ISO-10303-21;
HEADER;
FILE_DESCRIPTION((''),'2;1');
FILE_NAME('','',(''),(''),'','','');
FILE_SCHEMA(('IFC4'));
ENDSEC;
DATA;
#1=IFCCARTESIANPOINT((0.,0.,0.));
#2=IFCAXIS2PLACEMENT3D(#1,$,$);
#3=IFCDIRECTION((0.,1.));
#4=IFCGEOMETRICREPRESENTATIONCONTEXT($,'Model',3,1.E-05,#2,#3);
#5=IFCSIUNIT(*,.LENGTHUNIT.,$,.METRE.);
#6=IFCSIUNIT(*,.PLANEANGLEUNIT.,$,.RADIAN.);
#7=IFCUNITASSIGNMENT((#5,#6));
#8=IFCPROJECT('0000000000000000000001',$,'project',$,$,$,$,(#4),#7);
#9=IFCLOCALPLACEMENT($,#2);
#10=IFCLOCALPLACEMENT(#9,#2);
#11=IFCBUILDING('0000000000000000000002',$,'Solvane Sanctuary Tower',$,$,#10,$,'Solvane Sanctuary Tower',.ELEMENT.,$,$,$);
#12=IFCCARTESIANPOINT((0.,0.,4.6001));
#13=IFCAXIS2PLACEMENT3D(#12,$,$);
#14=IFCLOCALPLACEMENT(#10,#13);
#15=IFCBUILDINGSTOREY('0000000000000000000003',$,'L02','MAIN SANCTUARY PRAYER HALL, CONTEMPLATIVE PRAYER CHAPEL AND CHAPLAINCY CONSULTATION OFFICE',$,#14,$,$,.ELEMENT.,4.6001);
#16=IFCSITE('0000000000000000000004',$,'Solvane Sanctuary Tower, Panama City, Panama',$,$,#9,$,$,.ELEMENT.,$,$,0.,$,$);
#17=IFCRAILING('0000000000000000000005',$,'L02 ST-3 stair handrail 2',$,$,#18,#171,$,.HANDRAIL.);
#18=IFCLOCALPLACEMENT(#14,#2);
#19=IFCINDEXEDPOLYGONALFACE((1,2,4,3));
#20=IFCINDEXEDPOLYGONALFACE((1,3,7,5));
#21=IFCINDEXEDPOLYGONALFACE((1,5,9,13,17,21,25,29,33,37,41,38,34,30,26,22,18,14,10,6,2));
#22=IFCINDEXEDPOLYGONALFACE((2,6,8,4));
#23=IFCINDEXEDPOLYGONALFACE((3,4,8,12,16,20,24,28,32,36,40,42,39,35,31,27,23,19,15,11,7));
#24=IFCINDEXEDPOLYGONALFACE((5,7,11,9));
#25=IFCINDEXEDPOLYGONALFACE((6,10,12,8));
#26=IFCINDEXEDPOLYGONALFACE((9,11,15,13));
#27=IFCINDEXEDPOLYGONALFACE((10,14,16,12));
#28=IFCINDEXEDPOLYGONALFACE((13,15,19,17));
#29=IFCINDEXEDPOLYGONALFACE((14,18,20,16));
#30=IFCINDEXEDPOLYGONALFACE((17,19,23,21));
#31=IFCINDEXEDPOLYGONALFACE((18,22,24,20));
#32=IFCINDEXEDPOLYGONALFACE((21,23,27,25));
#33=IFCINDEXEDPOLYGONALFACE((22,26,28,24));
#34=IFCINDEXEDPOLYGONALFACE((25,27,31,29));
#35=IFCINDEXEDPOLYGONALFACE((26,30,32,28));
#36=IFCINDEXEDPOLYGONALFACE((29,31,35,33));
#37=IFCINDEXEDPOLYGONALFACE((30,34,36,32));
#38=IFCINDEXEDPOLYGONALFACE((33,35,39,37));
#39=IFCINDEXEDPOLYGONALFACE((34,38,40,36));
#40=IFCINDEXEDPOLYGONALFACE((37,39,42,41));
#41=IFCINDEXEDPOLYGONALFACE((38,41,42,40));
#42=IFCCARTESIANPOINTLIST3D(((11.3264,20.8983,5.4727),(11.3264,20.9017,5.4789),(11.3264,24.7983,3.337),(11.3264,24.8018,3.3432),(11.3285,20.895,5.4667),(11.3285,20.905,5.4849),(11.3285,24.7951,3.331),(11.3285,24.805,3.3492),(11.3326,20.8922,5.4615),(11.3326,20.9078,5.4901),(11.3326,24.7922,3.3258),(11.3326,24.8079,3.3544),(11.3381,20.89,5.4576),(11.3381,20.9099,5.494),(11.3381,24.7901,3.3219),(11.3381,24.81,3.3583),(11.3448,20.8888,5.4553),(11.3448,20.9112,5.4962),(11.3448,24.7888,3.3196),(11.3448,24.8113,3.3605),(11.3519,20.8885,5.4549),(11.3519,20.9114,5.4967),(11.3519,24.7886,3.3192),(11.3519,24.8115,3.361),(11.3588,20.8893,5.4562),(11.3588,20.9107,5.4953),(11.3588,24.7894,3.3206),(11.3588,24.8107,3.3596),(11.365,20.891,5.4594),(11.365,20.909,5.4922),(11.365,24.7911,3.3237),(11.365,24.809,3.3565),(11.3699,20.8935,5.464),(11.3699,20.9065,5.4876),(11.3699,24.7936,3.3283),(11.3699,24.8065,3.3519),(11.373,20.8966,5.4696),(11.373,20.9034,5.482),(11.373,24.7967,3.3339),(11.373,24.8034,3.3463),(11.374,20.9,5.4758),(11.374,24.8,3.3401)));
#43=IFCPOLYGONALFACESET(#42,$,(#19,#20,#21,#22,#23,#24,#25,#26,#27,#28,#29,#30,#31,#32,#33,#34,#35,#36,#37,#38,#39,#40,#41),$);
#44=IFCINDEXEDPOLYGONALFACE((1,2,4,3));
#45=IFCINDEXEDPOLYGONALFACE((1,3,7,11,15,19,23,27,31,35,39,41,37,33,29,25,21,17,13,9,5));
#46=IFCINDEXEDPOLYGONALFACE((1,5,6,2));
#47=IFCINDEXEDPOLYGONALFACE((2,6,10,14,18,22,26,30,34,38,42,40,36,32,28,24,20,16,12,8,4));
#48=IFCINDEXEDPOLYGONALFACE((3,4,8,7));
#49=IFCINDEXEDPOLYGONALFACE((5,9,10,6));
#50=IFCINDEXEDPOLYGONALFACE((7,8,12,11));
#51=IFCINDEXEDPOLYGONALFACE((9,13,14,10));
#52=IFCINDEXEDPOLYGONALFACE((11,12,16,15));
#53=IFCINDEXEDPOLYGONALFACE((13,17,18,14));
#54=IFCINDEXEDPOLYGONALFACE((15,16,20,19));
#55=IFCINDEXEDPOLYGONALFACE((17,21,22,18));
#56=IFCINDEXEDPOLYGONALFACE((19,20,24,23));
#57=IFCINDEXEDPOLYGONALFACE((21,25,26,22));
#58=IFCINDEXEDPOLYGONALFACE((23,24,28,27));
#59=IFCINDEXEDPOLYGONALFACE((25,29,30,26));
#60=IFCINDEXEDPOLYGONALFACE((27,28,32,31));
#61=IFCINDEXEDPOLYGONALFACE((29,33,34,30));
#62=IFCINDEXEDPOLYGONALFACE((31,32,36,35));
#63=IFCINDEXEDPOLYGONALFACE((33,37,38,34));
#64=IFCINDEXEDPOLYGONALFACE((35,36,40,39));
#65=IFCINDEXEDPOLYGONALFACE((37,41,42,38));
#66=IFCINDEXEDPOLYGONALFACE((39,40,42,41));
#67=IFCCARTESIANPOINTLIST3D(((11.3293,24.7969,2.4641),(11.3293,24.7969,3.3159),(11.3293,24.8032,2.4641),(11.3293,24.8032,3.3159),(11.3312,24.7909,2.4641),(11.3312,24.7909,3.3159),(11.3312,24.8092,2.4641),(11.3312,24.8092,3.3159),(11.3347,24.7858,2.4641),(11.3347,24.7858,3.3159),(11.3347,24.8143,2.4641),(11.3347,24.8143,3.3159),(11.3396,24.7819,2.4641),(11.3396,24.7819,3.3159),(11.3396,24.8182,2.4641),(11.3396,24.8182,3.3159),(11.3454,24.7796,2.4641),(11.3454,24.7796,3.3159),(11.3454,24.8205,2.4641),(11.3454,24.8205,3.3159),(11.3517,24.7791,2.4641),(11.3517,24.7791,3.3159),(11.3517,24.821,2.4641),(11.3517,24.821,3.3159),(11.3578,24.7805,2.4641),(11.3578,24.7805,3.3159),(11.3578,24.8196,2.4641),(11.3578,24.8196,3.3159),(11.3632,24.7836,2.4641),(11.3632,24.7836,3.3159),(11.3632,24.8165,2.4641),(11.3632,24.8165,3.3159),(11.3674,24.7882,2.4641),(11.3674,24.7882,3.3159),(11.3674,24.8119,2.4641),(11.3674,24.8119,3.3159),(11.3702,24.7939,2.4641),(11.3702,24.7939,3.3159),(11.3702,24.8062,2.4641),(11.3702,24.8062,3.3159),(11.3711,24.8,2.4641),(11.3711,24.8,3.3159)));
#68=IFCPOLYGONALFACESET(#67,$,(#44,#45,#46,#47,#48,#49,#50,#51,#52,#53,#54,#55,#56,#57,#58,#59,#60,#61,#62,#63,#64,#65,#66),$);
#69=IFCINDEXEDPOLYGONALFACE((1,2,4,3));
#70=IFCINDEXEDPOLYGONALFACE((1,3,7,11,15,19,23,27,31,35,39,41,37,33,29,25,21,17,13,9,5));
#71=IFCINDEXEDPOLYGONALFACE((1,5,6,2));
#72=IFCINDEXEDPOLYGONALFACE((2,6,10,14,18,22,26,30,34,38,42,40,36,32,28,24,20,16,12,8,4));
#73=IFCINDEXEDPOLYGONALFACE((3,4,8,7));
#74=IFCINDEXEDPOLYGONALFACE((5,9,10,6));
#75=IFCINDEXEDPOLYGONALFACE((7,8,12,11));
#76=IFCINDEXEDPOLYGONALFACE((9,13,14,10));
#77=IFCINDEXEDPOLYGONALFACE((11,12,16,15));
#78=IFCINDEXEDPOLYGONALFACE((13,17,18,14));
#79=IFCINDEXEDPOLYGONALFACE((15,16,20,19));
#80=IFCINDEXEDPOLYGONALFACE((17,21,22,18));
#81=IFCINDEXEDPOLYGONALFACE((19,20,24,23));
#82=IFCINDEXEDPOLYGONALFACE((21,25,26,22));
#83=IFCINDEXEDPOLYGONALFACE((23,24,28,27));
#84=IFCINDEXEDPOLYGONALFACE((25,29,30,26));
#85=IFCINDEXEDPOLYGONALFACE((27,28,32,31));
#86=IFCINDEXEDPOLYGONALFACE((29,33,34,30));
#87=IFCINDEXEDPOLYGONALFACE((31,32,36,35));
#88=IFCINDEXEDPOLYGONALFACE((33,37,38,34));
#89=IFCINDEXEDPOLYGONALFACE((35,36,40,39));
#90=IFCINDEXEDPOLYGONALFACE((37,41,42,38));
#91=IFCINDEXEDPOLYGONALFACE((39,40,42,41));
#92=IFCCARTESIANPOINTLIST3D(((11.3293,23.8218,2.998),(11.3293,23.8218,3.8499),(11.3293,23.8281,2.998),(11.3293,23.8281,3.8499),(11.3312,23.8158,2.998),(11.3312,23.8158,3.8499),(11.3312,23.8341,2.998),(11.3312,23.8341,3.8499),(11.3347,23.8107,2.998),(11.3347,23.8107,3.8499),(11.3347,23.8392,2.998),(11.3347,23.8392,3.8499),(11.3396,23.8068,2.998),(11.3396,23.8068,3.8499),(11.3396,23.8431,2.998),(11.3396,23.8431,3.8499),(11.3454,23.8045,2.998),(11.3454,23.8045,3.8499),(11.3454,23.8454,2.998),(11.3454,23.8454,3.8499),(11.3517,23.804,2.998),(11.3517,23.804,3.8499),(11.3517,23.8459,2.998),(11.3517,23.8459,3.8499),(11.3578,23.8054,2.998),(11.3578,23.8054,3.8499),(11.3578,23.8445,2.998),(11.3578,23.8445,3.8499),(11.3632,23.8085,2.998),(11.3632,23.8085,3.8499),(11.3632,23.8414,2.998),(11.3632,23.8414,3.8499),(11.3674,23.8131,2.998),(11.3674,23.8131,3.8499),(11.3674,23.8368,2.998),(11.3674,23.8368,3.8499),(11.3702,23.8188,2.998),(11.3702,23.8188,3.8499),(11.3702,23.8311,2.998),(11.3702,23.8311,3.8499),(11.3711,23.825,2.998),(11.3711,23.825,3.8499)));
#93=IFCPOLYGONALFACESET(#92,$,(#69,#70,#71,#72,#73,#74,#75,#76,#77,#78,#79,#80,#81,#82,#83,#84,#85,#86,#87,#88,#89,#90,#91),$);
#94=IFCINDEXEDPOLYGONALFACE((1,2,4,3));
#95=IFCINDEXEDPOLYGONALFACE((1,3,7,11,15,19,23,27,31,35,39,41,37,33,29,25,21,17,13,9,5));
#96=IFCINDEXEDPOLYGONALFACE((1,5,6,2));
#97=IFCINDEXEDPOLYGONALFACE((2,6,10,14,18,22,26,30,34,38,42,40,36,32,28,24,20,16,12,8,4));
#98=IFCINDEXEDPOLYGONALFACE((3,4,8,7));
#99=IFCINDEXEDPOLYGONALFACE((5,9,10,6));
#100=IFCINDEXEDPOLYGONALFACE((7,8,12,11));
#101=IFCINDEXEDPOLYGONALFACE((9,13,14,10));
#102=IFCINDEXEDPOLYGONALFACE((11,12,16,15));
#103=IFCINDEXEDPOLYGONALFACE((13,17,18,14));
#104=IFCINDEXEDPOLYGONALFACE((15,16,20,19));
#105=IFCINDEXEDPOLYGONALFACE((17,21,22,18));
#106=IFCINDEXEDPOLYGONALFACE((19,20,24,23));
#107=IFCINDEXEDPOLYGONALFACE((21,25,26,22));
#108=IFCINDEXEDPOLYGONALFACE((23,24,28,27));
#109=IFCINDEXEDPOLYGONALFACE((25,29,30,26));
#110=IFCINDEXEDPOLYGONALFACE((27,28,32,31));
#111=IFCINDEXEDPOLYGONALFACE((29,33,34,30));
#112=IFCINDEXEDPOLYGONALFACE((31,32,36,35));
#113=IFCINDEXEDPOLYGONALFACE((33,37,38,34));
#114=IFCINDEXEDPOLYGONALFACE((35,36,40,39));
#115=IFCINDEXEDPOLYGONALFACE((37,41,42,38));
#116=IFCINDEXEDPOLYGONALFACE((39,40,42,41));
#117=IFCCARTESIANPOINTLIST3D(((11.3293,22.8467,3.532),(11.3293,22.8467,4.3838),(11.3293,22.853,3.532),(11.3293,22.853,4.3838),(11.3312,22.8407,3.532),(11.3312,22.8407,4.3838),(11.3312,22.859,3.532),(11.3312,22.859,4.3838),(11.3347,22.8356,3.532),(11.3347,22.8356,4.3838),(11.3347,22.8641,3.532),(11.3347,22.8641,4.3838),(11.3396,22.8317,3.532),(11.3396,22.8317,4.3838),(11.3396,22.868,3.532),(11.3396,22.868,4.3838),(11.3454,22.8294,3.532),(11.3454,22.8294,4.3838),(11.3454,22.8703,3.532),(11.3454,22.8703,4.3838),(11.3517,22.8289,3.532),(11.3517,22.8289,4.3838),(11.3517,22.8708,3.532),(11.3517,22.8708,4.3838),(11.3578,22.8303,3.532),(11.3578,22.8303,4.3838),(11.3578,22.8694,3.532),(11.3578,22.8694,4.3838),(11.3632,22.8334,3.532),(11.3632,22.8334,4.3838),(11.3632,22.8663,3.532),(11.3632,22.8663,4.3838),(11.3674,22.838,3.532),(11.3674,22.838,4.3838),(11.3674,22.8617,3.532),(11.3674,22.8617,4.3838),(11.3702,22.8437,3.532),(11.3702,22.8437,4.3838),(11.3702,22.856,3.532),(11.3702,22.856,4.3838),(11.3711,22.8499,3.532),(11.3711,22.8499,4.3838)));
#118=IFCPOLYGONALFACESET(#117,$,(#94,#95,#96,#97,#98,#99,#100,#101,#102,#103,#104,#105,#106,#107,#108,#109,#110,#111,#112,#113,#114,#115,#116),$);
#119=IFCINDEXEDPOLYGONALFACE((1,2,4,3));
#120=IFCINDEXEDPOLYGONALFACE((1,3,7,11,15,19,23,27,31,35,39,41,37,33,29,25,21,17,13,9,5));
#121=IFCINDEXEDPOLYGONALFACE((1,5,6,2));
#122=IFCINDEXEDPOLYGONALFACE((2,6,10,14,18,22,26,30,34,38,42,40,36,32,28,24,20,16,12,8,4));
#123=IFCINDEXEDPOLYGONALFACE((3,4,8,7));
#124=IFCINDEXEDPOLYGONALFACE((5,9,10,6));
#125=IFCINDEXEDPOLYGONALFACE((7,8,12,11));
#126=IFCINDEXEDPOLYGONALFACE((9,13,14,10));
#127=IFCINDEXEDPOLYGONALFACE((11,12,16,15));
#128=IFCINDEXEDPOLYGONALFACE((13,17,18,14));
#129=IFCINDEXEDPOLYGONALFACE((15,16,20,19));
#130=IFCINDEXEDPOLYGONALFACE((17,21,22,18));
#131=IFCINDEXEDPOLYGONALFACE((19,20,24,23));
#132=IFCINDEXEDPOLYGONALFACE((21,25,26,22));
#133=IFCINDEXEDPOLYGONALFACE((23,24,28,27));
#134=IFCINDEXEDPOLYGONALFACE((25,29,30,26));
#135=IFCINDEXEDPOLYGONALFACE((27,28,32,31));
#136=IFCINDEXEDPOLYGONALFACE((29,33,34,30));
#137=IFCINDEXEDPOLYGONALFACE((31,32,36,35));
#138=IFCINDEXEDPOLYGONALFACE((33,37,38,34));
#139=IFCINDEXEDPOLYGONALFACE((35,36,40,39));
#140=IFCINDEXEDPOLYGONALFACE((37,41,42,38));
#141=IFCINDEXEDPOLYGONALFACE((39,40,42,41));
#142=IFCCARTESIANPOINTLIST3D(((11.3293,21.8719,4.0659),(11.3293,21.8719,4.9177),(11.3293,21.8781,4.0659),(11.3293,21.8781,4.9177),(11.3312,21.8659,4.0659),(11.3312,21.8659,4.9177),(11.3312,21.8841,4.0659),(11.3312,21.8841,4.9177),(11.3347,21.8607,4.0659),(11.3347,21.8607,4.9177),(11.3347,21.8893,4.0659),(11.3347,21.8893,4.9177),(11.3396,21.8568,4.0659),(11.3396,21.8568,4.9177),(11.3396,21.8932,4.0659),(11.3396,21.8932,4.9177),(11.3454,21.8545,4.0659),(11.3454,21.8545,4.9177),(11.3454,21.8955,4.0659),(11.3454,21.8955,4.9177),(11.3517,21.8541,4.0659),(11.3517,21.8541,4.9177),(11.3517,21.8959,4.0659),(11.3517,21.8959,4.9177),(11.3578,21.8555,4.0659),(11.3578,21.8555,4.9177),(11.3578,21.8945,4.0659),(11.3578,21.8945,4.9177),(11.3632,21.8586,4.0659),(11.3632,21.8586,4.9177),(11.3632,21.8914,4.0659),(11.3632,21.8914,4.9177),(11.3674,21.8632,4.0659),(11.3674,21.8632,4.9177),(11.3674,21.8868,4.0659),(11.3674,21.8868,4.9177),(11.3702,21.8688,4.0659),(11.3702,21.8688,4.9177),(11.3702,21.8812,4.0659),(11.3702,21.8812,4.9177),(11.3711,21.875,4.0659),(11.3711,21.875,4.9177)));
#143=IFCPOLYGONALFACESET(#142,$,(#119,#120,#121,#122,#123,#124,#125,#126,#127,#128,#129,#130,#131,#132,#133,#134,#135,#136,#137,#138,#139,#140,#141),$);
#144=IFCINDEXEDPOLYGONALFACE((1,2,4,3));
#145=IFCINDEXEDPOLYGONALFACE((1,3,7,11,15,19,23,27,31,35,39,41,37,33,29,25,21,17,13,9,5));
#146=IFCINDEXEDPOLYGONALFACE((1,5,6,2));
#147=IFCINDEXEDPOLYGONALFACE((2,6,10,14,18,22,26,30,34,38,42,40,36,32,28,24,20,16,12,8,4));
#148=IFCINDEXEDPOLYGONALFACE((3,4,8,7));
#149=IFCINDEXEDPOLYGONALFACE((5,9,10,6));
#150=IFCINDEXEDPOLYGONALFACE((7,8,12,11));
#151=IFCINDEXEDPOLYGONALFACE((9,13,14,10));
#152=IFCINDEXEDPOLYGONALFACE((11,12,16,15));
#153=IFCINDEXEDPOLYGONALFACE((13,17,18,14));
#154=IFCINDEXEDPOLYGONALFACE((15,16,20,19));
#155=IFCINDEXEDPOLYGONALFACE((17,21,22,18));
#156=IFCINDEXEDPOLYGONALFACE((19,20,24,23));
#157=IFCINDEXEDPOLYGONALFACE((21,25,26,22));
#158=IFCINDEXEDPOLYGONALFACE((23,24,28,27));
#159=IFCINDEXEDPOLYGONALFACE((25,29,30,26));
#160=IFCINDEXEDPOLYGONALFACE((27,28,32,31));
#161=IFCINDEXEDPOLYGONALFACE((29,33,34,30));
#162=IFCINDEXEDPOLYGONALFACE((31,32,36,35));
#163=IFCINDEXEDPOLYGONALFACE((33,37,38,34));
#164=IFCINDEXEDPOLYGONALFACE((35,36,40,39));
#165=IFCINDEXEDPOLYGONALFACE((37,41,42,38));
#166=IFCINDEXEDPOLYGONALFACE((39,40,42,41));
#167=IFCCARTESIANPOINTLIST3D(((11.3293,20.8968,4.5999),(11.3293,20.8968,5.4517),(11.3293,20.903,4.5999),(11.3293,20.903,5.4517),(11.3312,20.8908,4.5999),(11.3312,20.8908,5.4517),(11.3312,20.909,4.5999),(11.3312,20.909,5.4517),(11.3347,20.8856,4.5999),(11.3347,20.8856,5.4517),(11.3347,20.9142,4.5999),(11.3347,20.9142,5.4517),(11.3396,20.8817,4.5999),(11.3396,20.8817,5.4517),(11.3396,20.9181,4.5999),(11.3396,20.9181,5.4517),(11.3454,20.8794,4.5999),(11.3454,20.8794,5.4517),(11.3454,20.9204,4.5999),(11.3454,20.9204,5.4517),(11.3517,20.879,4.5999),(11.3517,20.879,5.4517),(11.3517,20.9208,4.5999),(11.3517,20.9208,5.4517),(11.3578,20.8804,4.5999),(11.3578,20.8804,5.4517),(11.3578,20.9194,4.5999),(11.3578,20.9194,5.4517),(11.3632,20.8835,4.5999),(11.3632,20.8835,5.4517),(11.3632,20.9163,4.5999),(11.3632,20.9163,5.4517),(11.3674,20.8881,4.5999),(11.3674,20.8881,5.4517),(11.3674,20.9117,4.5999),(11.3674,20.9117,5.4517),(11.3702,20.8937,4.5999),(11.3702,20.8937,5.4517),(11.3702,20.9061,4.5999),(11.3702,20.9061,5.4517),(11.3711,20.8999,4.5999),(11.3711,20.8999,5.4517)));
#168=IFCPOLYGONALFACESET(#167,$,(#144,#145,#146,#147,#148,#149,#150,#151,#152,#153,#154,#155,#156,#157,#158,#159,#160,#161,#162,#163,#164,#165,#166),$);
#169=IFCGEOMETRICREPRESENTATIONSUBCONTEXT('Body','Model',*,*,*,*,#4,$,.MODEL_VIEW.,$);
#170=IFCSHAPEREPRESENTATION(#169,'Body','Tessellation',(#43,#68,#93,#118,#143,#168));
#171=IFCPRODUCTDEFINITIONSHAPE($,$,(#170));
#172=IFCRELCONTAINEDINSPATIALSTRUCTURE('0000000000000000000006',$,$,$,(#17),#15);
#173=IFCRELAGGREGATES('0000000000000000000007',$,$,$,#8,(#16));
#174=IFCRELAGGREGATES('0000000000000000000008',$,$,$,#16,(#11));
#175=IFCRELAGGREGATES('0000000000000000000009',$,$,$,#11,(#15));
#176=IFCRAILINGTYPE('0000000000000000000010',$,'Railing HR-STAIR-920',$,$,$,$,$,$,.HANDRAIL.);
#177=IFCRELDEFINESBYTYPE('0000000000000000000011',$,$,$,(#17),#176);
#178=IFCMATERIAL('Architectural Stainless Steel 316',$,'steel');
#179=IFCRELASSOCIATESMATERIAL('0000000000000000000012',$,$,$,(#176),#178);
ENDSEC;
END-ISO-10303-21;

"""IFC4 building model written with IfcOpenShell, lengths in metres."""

from ifc_helpers import new_model, si_unit, direction, frame, origin, origin_2d, place, context, subcontext, project, spatial, circle, extrude, material, type_object, element, save


model = new_model("IFC4")

# Units and contexts
model_context = context("Model", 3, precision=1e-05, world=origin(), true_north=direction((0.0, 1.0)))
body_context = subcontext(model_context, "Body", "Model", "MODEL_VIEW")
ifc_project = project(units=[si_unit("LENGTHUNIT", "METRE"), si_unit("PLANEANGLEUNIT", "RADIAN")], contexts=[model_context])

# Site, building, storey
site_placement = place(None, origin())
site = spatial("IfcSite", under=ifc_project, at=site_placement, Name="Solvane Sanctuary Tower, Panama City, Panama", CompositionType="ELEMENT", RefElevation=0.0)
building_placement = place(site_placement, origin())
building = spatial("IfcBuilding", under=site, at=building_placement, Name="Solvane Sanctuary Tower", LongName="Solvane Sanctuary Tower", CompositionType="ELEMENT")
storey_placement = place(building_placement, frame((0.0, 0.0, 4.6001)))
storey = spatial("IfcBuildingStorey", under=building, at=storey_placement, Name="L02", Description="MAIN SANCTUARY PRAYER HALL, CONTEMPLATIVE PRAYER CHAPEL AND CHAPLAINCY CONSULTATION OFFICE", CompositionType="ELEMENT", Elevation=4.6001)

# Shared definitions
ifc_material_1 = material(Name="Architectural Stainless Steel 316", Category="steel")

# Railing
railing_type_1 = type_object("IfcRailingType", Name="Railing HR-STAIR-920", PredefinedType="HANDRAIL", material=ifc_material_1)
railing_1_placement = place(storey_placement, frame((11.3501, 24.8, 2.4641)))
element("IfcRailing", 1, at=railing_1_placement, inside=storey, type_object=railing_type_1, Name="L02 ST-3 stair handrail 2", PredefinedType="HANDRAIL", context=body_context, shape_type="SweptSolid", body=[
    extrude(circle(Radius=0.0239, at=origin_2d()), frame((0.0, 0.0, 0.876), z_axis=(0.0, -0.877101, 0.480306), x_axis=(1.0, 0.0, 0.0)), (0.0, 0.0, 1.0), 4.4465),
    extrude(circle(Radius=0.021, at=origin_2d()), origin(), (0.0, 0.0, 1.0), 0.8518),
    extrude(circle(Radius=0.021, at=origin_2d()), frame((0.0, -0.9751, 0.5339)), (0.0, 0.0, 1.0), 0.8518),
    extrude(circle(Radius=0.021, at=origin_2d()), frame((0.0, -1.9502, 1.0679)), (0.0, 0.0, 1.0), 0.8518),
    extrude(circle(Radius=0.021, at=origin_2d()), frame((0.0, -2.925, 1.6018)), (0.0, 0.0, 1.0), 0.8518),
    extrude(circle(Radius=0.021, at=origin_2d()), frame((0.0, -3.9001, 2.1357)), (0.0, 0.0, 1.0), 0.8518),
])

save(model, "model.ifc")
